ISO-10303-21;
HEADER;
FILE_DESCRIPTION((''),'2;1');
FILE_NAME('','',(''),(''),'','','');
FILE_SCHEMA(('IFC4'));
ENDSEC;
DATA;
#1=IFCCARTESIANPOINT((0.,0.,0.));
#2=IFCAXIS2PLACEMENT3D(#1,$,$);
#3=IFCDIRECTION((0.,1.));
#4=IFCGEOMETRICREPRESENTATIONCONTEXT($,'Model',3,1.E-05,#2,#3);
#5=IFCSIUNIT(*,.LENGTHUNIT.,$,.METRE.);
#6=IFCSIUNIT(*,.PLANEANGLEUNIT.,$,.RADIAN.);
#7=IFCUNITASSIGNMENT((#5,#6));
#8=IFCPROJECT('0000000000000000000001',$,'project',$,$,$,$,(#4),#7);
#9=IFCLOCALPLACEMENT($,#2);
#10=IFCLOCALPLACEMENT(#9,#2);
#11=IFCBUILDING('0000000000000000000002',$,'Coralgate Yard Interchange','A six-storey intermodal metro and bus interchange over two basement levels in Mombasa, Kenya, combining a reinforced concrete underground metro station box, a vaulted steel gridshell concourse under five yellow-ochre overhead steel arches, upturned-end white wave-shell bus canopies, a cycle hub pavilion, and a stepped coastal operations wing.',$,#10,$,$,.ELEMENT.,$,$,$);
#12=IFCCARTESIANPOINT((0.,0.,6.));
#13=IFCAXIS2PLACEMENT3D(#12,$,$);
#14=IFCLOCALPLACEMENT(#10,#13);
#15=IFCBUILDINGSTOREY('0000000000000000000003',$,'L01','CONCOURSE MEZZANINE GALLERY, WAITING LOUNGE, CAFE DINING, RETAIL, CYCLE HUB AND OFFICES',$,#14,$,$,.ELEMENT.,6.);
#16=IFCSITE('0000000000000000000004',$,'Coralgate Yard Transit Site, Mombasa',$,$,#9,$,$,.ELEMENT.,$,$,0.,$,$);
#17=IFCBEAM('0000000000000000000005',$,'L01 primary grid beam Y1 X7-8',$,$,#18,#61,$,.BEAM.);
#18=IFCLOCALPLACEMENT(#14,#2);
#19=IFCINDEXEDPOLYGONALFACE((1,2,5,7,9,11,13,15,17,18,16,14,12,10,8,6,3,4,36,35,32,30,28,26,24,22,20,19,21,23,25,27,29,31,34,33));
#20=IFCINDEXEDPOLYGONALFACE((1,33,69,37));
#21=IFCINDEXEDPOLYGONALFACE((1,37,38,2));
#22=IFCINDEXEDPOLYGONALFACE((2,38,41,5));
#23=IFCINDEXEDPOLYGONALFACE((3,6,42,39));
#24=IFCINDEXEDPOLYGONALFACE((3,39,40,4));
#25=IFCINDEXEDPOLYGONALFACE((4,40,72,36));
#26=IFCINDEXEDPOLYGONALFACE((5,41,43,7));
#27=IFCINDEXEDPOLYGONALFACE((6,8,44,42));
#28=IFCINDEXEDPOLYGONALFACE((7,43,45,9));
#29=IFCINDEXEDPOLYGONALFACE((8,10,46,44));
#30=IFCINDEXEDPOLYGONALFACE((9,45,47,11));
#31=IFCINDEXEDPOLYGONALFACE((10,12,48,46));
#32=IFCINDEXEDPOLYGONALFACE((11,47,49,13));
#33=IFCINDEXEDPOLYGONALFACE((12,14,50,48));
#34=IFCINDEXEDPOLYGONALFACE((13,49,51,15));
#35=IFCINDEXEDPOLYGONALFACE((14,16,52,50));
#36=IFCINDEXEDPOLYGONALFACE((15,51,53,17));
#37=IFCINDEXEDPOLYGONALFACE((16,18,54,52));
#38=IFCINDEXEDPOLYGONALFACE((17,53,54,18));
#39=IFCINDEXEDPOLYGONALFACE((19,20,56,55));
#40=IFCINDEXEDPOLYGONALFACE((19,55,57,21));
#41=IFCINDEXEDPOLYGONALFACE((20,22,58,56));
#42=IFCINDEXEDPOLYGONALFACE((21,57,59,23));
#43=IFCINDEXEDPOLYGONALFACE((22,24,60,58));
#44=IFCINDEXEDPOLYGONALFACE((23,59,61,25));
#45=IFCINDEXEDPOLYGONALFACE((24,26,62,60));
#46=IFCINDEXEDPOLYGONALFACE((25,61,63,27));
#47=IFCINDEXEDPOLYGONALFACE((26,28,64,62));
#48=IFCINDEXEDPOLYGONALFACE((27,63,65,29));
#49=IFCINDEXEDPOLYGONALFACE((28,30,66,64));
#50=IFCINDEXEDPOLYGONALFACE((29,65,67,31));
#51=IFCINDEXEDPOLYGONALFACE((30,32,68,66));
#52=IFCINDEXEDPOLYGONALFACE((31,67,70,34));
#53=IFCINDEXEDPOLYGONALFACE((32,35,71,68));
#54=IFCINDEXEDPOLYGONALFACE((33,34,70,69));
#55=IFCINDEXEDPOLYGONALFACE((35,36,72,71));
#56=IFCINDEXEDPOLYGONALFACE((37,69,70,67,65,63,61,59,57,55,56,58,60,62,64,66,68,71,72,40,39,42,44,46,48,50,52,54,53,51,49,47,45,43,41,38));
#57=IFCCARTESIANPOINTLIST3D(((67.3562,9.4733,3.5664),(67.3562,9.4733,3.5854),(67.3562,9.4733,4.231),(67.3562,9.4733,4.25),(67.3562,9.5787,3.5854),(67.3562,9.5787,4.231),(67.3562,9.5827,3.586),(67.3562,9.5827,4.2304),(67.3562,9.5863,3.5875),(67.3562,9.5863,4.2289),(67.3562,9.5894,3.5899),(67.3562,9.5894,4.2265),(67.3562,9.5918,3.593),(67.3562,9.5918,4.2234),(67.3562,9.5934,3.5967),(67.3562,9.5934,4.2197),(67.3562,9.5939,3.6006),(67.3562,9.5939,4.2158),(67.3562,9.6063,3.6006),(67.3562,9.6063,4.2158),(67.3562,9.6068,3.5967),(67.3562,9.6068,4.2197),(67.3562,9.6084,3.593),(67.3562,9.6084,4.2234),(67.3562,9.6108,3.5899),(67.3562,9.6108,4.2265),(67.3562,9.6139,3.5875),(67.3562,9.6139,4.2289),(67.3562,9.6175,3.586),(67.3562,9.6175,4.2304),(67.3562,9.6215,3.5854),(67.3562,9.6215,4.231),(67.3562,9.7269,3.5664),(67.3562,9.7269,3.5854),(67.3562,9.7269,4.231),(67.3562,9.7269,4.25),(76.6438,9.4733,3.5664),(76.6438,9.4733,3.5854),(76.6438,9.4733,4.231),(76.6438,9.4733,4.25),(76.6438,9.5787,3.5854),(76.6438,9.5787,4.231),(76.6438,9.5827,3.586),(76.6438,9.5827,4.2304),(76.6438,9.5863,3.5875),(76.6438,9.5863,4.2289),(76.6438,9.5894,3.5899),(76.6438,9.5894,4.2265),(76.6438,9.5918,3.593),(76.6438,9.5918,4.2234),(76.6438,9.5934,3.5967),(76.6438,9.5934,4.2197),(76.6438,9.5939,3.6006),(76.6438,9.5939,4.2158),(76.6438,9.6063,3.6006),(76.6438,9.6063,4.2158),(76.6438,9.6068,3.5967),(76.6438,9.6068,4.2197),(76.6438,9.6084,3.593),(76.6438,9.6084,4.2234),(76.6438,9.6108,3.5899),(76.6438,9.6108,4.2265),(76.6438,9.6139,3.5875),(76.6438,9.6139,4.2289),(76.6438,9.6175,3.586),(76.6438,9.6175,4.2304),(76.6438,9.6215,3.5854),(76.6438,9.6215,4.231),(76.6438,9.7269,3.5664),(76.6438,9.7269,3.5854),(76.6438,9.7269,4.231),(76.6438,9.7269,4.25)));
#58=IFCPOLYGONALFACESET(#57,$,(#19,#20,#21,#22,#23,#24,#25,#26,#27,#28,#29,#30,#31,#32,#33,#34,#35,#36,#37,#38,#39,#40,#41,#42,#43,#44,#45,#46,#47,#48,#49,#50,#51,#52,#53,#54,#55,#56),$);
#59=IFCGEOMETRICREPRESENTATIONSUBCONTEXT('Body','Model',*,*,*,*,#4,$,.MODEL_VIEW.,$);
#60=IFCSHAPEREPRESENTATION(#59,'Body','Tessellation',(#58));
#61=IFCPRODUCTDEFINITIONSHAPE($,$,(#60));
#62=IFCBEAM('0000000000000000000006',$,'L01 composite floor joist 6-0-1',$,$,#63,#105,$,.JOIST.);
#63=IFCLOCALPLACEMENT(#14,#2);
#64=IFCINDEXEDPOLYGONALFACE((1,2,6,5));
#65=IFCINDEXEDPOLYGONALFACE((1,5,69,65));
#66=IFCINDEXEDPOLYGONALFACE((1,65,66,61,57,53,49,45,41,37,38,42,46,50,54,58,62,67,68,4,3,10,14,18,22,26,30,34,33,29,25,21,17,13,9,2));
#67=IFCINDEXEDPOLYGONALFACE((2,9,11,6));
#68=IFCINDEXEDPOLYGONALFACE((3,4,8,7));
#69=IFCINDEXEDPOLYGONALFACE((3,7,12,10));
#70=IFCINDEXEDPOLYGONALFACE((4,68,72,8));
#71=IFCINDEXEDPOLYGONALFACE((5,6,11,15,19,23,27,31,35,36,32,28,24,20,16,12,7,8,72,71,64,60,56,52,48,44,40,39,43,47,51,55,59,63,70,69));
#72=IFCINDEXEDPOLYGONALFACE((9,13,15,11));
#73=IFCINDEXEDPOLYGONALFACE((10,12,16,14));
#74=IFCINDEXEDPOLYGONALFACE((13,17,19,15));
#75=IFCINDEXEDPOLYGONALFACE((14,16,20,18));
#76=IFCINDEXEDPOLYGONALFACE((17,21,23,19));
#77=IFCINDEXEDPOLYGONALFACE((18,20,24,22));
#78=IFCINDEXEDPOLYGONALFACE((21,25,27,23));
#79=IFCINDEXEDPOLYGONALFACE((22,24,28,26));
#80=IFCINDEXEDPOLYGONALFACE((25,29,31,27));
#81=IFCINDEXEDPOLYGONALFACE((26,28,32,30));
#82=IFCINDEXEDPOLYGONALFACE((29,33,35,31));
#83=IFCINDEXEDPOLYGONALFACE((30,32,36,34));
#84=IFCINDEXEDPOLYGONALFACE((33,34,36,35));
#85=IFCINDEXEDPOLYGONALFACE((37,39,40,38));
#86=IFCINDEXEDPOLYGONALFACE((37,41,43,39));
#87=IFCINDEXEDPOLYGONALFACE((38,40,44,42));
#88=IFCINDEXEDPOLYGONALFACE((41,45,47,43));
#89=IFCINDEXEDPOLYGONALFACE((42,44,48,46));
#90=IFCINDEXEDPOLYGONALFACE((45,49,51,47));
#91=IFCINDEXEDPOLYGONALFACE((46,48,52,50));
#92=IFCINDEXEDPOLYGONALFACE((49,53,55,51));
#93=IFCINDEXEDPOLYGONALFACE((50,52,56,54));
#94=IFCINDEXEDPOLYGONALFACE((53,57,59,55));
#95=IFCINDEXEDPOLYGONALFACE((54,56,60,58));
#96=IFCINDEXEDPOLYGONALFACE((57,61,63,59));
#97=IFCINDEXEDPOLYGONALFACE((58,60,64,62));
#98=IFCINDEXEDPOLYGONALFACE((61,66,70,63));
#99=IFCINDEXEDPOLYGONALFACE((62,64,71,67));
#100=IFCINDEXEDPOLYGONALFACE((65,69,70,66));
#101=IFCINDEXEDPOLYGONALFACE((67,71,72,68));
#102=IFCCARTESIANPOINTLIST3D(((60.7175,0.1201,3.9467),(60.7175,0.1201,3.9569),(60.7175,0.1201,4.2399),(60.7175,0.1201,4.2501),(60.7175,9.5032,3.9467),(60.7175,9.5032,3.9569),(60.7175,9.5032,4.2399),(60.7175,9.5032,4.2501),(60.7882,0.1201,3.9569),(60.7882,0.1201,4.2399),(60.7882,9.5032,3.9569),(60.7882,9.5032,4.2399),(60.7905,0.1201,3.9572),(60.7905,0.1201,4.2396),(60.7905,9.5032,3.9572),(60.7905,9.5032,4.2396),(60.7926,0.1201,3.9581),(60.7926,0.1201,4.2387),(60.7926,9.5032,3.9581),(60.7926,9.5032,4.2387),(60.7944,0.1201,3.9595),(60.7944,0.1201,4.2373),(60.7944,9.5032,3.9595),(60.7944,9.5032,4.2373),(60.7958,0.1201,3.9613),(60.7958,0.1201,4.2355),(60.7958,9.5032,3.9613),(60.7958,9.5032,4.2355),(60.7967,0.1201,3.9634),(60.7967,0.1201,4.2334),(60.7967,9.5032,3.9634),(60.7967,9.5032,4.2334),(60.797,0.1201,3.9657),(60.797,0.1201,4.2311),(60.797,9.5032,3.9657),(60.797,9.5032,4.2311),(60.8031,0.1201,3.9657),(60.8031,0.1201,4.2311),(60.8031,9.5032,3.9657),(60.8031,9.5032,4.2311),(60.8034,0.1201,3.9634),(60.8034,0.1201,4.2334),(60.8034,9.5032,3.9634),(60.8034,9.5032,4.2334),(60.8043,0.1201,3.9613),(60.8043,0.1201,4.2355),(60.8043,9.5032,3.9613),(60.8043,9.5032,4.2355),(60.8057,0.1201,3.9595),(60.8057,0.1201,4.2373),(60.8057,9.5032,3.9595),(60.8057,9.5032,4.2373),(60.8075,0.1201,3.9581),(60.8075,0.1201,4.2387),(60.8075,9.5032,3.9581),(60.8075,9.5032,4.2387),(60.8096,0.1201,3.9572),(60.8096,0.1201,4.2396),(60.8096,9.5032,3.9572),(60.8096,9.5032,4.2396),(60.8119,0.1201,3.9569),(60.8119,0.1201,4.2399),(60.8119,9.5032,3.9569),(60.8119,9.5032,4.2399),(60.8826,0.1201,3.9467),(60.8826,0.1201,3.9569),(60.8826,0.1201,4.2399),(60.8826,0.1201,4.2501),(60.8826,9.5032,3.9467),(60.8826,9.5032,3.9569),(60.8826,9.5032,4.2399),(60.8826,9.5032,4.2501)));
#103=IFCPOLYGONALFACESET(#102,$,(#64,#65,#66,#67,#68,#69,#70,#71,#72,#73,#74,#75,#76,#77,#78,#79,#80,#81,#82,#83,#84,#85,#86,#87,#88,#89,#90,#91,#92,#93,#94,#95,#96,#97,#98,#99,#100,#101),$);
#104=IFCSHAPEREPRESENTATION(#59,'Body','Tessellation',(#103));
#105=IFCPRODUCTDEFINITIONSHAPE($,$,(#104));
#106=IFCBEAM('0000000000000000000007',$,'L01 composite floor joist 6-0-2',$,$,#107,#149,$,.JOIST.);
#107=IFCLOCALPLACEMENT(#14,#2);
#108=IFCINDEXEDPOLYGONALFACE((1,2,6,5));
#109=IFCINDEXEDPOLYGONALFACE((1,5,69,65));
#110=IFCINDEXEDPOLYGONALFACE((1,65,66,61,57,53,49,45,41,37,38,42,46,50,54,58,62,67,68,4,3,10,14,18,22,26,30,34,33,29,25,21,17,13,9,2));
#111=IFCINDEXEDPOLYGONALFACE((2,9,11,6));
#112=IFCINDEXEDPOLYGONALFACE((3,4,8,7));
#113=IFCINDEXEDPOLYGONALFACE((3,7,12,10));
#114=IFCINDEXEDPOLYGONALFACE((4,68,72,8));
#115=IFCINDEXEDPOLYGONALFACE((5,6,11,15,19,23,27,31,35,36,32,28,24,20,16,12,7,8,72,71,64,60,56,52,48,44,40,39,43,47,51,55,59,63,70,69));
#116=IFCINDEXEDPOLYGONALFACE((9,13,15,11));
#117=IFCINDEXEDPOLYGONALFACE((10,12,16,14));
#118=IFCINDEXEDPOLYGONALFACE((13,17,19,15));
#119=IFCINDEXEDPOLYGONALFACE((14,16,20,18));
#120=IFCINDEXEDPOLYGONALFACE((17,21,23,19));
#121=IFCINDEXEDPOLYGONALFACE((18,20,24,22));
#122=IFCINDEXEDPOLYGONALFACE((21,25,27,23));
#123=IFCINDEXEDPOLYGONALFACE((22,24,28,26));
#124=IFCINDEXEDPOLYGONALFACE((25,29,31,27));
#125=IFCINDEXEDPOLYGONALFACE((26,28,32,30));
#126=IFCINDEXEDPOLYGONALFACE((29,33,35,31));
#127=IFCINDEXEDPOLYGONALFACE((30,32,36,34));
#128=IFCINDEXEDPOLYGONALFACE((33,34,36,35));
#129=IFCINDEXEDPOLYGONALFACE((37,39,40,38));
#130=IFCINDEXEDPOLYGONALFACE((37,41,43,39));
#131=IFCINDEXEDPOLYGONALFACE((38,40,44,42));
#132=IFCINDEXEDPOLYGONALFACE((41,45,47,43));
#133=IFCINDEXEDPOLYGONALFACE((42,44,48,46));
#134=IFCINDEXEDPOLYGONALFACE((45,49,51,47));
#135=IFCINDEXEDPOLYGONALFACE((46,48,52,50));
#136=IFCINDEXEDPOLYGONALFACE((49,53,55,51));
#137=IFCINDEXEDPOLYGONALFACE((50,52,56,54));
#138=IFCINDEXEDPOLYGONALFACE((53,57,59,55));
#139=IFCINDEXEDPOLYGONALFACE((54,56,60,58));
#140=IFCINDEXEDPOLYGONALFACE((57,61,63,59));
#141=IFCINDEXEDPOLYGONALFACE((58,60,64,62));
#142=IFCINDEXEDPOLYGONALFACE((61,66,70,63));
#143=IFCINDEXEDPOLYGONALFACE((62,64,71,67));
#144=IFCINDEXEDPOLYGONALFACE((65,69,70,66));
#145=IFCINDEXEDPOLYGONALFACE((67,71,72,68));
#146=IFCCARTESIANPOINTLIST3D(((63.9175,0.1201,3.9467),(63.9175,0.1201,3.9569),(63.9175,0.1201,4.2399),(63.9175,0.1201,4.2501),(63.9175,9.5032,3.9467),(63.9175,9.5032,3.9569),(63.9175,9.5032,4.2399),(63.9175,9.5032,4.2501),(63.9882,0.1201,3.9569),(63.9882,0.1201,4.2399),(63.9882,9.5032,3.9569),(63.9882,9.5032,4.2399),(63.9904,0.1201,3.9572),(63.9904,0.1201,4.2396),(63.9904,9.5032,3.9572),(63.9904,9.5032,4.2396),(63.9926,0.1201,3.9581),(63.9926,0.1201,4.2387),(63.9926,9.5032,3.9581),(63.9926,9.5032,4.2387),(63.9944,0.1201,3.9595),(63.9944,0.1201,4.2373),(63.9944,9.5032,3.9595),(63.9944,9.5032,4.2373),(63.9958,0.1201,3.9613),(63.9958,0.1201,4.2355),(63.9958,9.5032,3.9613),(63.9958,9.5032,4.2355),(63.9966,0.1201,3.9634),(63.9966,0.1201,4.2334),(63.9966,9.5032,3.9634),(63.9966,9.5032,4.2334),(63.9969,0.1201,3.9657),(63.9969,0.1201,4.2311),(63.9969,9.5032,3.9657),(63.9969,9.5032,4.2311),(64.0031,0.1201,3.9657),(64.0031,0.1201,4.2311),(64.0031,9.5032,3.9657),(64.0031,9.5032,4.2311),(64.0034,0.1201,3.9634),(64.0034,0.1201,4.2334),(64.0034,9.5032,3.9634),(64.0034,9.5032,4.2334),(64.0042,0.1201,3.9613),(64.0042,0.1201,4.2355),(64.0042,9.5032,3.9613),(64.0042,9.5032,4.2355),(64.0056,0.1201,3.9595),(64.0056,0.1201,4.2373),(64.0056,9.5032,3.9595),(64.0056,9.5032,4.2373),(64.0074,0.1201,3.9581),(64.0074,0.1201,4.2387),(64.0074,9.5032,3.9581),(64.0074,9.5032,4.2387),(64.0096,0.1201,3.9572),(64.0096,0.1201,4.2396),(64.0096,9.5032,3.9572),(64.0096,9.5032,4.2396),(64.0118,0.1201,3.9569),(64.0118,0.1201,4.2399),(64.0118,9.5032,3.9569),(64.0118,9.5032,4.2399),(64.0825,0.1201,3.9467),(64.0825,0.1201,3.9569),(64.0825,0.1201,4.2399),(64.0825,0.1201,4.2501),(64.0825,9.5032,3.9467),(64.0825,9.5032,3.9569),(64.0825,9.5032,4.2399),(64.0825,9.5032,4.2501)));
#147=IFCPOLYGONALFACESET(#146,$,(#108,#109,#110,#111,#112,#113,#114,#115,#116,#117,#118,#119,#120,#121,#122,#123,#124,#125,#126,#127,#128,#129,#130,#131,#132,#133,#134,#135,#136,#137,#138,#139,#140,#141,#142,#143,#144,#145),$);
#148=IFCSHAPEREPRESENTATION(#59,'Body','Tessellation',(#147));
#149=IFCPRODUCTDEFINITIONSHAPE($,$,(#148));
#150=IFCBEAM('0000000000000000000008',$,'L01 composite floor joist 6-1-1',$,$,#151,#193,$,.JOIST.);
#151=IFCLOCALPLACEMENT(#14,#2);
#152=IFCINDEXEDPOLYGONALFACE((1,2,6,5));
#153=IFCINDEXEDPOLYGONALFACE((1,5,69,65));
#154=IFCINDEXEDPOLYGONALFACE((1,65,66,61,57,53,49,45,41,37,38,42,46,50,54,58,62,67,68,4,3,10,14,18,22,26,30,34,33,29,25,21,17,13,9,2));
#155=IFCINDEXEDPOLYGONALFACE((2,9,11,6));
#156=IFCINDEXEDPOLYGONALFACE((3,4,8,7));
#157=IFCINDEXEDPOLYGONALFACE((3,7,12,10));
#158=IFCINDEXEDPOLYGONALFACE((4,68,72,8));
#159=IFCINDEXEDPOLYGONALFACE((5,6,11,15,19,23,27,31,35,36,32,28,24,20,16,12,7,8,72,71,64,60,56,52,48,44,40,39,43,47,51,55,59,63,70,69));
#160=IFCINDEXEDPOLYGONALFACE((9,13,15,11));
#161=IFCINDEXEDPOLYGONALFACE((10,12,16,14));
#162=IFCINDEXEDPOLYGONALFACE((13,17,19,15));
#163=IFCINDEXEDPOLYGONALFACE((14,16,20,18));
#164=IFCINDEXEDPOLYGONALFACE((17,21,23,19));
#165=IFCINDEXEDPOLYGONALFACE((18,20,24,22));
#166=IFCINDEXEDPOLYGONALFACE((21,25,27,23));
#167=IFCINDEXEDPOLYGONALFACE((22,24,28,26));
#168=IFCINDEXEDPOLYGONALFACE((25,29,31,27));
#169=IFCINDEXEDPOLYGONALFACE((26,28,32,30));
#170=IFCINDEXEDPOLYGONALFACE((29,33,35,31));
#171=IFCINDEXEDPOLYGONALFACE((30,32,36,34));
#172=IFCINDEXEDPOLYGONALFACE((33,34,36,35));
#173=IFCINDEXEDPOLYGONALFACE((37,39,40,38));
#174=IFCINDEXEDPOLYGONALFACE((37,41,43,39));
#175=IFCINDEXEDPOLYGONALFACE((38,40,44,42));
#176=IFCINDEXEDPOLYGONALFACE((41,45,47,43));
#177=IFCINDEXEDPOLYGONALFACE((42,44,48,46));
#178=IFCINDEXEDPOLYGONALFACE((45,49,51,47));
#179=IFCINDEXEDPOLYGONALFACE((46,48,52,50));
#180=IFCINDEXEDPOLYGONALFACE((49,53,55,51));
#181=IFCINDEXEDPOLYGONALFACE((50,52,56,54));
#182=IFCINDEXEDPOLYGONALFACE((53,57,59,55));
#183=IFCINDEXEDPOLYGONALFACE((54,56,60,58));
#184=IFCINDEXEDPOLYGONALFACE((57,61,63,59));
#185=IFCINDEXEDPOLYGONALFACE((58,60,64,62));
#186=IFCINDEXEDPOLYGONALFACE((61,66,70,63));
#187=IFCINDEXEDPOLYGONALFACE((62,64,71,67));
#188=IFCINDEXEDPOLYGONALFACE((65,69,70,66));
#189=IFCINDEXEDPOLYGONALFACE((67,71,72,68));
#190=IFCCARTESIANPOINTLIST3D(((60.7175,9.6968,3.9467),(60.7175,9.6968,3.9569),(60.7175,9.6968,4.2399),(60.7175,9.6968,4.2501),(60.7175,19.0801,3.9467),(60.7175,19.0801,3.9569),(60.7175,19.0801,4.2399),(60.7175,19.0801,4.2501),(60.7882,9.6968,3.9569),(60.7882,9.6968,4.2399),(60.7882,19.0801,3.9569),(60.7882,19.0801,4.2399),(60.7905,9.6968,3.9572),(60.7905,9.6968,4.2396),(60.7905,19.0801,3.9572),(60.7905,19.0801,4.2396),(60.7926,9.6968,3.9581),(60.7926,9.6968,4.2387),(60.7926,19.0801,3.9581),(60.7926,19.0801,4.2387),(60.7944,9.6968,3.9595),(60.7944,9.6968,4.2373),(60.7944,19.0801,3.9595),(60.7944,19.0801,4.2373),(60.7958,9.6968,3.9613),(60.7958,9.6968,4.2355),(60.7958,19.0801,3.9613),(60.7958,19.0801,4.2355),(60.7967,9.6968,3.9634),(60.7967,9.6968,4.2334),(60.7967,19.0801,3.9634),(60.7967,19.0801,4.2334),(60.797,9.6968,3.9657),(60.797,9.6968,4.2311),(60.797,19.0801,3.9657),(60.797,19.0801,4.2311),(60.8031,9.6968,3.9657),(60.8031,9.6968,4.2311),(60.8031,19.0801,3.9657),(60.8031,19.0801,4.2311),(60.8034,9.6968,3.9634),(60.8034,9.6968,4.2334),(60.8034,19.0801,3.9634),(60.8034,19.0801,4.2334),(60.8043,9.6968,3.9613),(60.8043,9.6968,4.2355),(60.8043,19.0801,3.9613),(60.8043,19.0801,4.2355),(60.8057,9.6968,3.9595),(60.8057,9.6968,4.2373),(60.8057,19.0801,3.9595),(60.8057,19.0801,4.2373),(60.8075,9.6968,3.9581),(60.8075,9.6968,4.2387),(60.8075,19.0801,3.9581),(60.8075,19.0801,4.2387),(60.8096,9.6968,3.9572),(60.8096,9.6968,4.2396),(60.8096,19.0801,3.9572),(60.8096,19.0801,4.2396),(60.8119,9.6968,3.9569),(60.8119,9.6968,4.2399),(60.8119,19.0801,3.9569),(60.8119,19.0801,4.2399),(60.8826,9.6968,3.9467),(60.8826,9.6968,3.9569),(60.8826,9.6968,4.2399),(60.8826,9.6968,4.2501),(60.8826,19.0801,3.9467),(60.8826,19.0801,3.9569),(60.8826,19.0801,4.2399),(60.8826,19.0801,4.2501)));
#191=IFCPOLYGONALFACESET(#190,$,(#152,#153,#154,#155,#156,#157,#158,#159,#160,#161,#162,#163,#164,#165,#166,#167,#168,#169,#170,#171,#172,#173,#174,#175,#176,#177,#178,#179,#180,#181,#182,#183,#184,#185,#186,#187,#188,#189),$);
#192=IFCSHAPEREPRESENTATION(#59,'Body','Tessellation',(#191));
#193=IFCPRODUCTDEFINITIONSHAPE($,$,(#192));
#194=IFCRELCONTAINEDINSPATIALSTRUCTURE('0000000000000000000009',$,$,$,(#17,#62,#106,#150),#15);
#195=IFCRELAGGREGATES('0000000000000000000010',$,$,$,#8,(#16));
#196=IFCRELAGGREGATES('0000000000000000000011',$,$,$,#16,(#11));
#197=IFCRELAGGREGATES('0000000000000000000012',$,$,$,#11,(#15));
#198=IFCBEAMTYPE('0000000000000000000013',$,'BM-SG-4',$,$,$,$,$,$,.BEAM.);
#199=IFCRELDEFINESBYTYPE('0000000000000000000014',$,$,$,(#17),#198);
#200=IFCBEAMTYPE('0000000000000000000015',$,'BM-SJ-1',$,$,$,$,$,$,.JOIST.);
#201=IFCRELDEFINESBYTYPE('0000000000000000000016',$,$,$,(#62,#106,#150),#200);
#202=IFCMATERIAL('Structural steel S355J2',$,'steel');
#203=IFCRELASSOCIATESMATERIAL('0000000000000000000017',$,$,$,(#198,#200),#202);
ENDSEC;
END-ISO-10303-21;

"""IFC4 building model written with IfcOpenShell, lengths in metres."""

from ifc_helpers import new_model, si_unit, direction, frame, origin, origin_2d, place, context, subcontext, project, spatial, i_section, extrude, material, material_profile, profile_set, type_object, element, save


model = new_model("IFC4")

# Units and contexts
model_context = context("Model", 3, precision=1e-05, world=origin(), true_north=direction((0.0, 1.0)))
body_context = subcontext(model_context, "Body", "Model", "MODEL_VIEW")
ifc_project = project(units=[si_unit("LENGTHUNIT", "METRE"), si_unit("PLANEANGLEUNIT", "RADIAN")], contexts=[model_context])

# Site, building, storey
site_placement = place(None, origin())
site = spatial("IfcSite", under=ifc_project, at=site_placement, Name="Coralgate Yard Transit Site, Mombasa", CompositionType="ELEMENT", RefElevation=0.0)
building_placement = place(site_placement, origin())
building = spatial("IfcBuilding", under=site, at=building_placement, Name="Coralgate Yard Interchange", Description="A six-storey intermodal metro and bus interchange over two basement levels in Mombasa, Kenya, combining a reinforced concrete underground metro station box, a vaulted steel gridshell concourse under five yellow-ochre overhead steel arches, upturned-end white wave-shell bus canopies, a cycle hub pavilion, and a stepped coastal operations wing.", CompositionType="ELEMENT")
storey_placement = place(building_placement, frame((0.0, 0.0, 6.0)))
storey = spatial("IfcBuildingStorey", under=building, at=storey_placement, Name="L01", Description="CONCOURSE MEZZANINE GALLERY, WAITING LOUNGE, CAFE DINING, RETAIL, CYCLE HUB AND OFFICES", CompositionType="ELEMENT", Elevation=6.0)

# Shared definitions
ifc_material_1 = material(Name="Structural steel S355J2", Category="steel")

# Beams
ifc_material_profile_1 = material_profile(ifc_material_1, i_section(OverallWidth=0.2537, OverallDepth=0.6836, WebThickness=0.0125, FlangeThickness=0.019, FilletRadius=0.0151, at=origin_2d()), Name="UB 686x254x140")
ifc_profile_set_1 = profile_set([ifc_material_profile_1], Name="Structural steel S355J2")
beam_type_1 = type_object("IfcBeamType", Name="BM-SG-4", PredefinedType="BEAM", material=ifc_profile_set_1)
beam_1_placement = place(storey_placement, frame((67.3562, 9.6001, 3.9082), z_axis=(1.0, 0.0, 0.0), x_axis=(0.0, 1.0, 0.0)))
element("IfcBeam", 1, at=beam_1_placement, inside=storey, type_object=beam_type_1, Name="L01 primary grid beam Y1 X7-8", PredefinedType="BEAM", context=body_context, shape_type="SweptSolid", body=[
    extrude(i_section(OverallWidth=0.2537, OverallDepth=0.6836, WebThickness=0.0125, FlangeThickness=0.019, FilletRadius=0.0151, at=origin_2d()), origin(), (0.0, 0.0, 1.0), 9.2876),
])
ifc_material_profile_2 = material_profile(ifc_material_1, i_section(OverallWidth=0.165, OverallDepth=0.3035, WebThickness=0.0061, FlangeThickness=0.0103, FilletRadius=0.0088, at=origin_2d()), Name="UB 305x165x40")
ifc_profile_set_2 = profile_set([ifc_material_profile_2], Name="Structural steel S355J2")
beam_type_2 = type_object("IfcBeamType", Name="BM-SJ-1", PredefinedType="JOIST", material=ifc_profile_set_2)
for number, where, z_axis, x_axis, name in (
    (2, (60.8, 0.1201, 4.0984), (0.0, 1.0, 0.0), (-1.0, 0.0, 0.0), "L01 composite floor joist 6-0-1"),
    (3, (64.0, 0.1201, 4.0984), (0.0, 1.0, 0.0), (-1.0, 0.0, 0.0), "L01 composite floor joist 6-0-2"),
):
    element("IfcBeam", number, at=place(storey_placement, frame(where, z_axis=z_axis, x_axis=x_axis)), inside=storey, type_object=beam_type_2, Name=name, PredefinedType="JOIST", context=body_context, shape_type="SweptSolid", body=[
        extrude(i_section(OverallWidth=0.165, OverallDepth=0.3035, WebThickness=0.0061, FlangeThickness=0.0103, FilletRadius=0.0088, at=origin_2d()), origin(), (0.0, 0.0, 1.0), 9.3831),
    ])
for number, where, z_axis, x_axis, name in (
    (4, (60.8, 9.6968, 4.0984), (0.0, 1.0, 0.0), (-1.0, 0.0, 0.0), "L01 composite floor joist 6-1-1"),
):
    element("IfcBeam", number, at=place(storey_placement, frame(where, z_axis=z_axis, x_axis=x_axis)), inside=storey, type_object=beam_type_2, Name=name, PredefinedType="JOIST", context=body_context, shape_type="SweptSolid", body=[
        extrude(i_section(OverallWidth=0.165, OverallDepth=0.3035, WebThickness=0.0061, FlangeThickness=0.0103, FilletRadius=0.0088, at=origin_2d()), origin(), (0.0, 0.0, 1.0), 9.3833),
    ])

save(model, "model.ifc")
